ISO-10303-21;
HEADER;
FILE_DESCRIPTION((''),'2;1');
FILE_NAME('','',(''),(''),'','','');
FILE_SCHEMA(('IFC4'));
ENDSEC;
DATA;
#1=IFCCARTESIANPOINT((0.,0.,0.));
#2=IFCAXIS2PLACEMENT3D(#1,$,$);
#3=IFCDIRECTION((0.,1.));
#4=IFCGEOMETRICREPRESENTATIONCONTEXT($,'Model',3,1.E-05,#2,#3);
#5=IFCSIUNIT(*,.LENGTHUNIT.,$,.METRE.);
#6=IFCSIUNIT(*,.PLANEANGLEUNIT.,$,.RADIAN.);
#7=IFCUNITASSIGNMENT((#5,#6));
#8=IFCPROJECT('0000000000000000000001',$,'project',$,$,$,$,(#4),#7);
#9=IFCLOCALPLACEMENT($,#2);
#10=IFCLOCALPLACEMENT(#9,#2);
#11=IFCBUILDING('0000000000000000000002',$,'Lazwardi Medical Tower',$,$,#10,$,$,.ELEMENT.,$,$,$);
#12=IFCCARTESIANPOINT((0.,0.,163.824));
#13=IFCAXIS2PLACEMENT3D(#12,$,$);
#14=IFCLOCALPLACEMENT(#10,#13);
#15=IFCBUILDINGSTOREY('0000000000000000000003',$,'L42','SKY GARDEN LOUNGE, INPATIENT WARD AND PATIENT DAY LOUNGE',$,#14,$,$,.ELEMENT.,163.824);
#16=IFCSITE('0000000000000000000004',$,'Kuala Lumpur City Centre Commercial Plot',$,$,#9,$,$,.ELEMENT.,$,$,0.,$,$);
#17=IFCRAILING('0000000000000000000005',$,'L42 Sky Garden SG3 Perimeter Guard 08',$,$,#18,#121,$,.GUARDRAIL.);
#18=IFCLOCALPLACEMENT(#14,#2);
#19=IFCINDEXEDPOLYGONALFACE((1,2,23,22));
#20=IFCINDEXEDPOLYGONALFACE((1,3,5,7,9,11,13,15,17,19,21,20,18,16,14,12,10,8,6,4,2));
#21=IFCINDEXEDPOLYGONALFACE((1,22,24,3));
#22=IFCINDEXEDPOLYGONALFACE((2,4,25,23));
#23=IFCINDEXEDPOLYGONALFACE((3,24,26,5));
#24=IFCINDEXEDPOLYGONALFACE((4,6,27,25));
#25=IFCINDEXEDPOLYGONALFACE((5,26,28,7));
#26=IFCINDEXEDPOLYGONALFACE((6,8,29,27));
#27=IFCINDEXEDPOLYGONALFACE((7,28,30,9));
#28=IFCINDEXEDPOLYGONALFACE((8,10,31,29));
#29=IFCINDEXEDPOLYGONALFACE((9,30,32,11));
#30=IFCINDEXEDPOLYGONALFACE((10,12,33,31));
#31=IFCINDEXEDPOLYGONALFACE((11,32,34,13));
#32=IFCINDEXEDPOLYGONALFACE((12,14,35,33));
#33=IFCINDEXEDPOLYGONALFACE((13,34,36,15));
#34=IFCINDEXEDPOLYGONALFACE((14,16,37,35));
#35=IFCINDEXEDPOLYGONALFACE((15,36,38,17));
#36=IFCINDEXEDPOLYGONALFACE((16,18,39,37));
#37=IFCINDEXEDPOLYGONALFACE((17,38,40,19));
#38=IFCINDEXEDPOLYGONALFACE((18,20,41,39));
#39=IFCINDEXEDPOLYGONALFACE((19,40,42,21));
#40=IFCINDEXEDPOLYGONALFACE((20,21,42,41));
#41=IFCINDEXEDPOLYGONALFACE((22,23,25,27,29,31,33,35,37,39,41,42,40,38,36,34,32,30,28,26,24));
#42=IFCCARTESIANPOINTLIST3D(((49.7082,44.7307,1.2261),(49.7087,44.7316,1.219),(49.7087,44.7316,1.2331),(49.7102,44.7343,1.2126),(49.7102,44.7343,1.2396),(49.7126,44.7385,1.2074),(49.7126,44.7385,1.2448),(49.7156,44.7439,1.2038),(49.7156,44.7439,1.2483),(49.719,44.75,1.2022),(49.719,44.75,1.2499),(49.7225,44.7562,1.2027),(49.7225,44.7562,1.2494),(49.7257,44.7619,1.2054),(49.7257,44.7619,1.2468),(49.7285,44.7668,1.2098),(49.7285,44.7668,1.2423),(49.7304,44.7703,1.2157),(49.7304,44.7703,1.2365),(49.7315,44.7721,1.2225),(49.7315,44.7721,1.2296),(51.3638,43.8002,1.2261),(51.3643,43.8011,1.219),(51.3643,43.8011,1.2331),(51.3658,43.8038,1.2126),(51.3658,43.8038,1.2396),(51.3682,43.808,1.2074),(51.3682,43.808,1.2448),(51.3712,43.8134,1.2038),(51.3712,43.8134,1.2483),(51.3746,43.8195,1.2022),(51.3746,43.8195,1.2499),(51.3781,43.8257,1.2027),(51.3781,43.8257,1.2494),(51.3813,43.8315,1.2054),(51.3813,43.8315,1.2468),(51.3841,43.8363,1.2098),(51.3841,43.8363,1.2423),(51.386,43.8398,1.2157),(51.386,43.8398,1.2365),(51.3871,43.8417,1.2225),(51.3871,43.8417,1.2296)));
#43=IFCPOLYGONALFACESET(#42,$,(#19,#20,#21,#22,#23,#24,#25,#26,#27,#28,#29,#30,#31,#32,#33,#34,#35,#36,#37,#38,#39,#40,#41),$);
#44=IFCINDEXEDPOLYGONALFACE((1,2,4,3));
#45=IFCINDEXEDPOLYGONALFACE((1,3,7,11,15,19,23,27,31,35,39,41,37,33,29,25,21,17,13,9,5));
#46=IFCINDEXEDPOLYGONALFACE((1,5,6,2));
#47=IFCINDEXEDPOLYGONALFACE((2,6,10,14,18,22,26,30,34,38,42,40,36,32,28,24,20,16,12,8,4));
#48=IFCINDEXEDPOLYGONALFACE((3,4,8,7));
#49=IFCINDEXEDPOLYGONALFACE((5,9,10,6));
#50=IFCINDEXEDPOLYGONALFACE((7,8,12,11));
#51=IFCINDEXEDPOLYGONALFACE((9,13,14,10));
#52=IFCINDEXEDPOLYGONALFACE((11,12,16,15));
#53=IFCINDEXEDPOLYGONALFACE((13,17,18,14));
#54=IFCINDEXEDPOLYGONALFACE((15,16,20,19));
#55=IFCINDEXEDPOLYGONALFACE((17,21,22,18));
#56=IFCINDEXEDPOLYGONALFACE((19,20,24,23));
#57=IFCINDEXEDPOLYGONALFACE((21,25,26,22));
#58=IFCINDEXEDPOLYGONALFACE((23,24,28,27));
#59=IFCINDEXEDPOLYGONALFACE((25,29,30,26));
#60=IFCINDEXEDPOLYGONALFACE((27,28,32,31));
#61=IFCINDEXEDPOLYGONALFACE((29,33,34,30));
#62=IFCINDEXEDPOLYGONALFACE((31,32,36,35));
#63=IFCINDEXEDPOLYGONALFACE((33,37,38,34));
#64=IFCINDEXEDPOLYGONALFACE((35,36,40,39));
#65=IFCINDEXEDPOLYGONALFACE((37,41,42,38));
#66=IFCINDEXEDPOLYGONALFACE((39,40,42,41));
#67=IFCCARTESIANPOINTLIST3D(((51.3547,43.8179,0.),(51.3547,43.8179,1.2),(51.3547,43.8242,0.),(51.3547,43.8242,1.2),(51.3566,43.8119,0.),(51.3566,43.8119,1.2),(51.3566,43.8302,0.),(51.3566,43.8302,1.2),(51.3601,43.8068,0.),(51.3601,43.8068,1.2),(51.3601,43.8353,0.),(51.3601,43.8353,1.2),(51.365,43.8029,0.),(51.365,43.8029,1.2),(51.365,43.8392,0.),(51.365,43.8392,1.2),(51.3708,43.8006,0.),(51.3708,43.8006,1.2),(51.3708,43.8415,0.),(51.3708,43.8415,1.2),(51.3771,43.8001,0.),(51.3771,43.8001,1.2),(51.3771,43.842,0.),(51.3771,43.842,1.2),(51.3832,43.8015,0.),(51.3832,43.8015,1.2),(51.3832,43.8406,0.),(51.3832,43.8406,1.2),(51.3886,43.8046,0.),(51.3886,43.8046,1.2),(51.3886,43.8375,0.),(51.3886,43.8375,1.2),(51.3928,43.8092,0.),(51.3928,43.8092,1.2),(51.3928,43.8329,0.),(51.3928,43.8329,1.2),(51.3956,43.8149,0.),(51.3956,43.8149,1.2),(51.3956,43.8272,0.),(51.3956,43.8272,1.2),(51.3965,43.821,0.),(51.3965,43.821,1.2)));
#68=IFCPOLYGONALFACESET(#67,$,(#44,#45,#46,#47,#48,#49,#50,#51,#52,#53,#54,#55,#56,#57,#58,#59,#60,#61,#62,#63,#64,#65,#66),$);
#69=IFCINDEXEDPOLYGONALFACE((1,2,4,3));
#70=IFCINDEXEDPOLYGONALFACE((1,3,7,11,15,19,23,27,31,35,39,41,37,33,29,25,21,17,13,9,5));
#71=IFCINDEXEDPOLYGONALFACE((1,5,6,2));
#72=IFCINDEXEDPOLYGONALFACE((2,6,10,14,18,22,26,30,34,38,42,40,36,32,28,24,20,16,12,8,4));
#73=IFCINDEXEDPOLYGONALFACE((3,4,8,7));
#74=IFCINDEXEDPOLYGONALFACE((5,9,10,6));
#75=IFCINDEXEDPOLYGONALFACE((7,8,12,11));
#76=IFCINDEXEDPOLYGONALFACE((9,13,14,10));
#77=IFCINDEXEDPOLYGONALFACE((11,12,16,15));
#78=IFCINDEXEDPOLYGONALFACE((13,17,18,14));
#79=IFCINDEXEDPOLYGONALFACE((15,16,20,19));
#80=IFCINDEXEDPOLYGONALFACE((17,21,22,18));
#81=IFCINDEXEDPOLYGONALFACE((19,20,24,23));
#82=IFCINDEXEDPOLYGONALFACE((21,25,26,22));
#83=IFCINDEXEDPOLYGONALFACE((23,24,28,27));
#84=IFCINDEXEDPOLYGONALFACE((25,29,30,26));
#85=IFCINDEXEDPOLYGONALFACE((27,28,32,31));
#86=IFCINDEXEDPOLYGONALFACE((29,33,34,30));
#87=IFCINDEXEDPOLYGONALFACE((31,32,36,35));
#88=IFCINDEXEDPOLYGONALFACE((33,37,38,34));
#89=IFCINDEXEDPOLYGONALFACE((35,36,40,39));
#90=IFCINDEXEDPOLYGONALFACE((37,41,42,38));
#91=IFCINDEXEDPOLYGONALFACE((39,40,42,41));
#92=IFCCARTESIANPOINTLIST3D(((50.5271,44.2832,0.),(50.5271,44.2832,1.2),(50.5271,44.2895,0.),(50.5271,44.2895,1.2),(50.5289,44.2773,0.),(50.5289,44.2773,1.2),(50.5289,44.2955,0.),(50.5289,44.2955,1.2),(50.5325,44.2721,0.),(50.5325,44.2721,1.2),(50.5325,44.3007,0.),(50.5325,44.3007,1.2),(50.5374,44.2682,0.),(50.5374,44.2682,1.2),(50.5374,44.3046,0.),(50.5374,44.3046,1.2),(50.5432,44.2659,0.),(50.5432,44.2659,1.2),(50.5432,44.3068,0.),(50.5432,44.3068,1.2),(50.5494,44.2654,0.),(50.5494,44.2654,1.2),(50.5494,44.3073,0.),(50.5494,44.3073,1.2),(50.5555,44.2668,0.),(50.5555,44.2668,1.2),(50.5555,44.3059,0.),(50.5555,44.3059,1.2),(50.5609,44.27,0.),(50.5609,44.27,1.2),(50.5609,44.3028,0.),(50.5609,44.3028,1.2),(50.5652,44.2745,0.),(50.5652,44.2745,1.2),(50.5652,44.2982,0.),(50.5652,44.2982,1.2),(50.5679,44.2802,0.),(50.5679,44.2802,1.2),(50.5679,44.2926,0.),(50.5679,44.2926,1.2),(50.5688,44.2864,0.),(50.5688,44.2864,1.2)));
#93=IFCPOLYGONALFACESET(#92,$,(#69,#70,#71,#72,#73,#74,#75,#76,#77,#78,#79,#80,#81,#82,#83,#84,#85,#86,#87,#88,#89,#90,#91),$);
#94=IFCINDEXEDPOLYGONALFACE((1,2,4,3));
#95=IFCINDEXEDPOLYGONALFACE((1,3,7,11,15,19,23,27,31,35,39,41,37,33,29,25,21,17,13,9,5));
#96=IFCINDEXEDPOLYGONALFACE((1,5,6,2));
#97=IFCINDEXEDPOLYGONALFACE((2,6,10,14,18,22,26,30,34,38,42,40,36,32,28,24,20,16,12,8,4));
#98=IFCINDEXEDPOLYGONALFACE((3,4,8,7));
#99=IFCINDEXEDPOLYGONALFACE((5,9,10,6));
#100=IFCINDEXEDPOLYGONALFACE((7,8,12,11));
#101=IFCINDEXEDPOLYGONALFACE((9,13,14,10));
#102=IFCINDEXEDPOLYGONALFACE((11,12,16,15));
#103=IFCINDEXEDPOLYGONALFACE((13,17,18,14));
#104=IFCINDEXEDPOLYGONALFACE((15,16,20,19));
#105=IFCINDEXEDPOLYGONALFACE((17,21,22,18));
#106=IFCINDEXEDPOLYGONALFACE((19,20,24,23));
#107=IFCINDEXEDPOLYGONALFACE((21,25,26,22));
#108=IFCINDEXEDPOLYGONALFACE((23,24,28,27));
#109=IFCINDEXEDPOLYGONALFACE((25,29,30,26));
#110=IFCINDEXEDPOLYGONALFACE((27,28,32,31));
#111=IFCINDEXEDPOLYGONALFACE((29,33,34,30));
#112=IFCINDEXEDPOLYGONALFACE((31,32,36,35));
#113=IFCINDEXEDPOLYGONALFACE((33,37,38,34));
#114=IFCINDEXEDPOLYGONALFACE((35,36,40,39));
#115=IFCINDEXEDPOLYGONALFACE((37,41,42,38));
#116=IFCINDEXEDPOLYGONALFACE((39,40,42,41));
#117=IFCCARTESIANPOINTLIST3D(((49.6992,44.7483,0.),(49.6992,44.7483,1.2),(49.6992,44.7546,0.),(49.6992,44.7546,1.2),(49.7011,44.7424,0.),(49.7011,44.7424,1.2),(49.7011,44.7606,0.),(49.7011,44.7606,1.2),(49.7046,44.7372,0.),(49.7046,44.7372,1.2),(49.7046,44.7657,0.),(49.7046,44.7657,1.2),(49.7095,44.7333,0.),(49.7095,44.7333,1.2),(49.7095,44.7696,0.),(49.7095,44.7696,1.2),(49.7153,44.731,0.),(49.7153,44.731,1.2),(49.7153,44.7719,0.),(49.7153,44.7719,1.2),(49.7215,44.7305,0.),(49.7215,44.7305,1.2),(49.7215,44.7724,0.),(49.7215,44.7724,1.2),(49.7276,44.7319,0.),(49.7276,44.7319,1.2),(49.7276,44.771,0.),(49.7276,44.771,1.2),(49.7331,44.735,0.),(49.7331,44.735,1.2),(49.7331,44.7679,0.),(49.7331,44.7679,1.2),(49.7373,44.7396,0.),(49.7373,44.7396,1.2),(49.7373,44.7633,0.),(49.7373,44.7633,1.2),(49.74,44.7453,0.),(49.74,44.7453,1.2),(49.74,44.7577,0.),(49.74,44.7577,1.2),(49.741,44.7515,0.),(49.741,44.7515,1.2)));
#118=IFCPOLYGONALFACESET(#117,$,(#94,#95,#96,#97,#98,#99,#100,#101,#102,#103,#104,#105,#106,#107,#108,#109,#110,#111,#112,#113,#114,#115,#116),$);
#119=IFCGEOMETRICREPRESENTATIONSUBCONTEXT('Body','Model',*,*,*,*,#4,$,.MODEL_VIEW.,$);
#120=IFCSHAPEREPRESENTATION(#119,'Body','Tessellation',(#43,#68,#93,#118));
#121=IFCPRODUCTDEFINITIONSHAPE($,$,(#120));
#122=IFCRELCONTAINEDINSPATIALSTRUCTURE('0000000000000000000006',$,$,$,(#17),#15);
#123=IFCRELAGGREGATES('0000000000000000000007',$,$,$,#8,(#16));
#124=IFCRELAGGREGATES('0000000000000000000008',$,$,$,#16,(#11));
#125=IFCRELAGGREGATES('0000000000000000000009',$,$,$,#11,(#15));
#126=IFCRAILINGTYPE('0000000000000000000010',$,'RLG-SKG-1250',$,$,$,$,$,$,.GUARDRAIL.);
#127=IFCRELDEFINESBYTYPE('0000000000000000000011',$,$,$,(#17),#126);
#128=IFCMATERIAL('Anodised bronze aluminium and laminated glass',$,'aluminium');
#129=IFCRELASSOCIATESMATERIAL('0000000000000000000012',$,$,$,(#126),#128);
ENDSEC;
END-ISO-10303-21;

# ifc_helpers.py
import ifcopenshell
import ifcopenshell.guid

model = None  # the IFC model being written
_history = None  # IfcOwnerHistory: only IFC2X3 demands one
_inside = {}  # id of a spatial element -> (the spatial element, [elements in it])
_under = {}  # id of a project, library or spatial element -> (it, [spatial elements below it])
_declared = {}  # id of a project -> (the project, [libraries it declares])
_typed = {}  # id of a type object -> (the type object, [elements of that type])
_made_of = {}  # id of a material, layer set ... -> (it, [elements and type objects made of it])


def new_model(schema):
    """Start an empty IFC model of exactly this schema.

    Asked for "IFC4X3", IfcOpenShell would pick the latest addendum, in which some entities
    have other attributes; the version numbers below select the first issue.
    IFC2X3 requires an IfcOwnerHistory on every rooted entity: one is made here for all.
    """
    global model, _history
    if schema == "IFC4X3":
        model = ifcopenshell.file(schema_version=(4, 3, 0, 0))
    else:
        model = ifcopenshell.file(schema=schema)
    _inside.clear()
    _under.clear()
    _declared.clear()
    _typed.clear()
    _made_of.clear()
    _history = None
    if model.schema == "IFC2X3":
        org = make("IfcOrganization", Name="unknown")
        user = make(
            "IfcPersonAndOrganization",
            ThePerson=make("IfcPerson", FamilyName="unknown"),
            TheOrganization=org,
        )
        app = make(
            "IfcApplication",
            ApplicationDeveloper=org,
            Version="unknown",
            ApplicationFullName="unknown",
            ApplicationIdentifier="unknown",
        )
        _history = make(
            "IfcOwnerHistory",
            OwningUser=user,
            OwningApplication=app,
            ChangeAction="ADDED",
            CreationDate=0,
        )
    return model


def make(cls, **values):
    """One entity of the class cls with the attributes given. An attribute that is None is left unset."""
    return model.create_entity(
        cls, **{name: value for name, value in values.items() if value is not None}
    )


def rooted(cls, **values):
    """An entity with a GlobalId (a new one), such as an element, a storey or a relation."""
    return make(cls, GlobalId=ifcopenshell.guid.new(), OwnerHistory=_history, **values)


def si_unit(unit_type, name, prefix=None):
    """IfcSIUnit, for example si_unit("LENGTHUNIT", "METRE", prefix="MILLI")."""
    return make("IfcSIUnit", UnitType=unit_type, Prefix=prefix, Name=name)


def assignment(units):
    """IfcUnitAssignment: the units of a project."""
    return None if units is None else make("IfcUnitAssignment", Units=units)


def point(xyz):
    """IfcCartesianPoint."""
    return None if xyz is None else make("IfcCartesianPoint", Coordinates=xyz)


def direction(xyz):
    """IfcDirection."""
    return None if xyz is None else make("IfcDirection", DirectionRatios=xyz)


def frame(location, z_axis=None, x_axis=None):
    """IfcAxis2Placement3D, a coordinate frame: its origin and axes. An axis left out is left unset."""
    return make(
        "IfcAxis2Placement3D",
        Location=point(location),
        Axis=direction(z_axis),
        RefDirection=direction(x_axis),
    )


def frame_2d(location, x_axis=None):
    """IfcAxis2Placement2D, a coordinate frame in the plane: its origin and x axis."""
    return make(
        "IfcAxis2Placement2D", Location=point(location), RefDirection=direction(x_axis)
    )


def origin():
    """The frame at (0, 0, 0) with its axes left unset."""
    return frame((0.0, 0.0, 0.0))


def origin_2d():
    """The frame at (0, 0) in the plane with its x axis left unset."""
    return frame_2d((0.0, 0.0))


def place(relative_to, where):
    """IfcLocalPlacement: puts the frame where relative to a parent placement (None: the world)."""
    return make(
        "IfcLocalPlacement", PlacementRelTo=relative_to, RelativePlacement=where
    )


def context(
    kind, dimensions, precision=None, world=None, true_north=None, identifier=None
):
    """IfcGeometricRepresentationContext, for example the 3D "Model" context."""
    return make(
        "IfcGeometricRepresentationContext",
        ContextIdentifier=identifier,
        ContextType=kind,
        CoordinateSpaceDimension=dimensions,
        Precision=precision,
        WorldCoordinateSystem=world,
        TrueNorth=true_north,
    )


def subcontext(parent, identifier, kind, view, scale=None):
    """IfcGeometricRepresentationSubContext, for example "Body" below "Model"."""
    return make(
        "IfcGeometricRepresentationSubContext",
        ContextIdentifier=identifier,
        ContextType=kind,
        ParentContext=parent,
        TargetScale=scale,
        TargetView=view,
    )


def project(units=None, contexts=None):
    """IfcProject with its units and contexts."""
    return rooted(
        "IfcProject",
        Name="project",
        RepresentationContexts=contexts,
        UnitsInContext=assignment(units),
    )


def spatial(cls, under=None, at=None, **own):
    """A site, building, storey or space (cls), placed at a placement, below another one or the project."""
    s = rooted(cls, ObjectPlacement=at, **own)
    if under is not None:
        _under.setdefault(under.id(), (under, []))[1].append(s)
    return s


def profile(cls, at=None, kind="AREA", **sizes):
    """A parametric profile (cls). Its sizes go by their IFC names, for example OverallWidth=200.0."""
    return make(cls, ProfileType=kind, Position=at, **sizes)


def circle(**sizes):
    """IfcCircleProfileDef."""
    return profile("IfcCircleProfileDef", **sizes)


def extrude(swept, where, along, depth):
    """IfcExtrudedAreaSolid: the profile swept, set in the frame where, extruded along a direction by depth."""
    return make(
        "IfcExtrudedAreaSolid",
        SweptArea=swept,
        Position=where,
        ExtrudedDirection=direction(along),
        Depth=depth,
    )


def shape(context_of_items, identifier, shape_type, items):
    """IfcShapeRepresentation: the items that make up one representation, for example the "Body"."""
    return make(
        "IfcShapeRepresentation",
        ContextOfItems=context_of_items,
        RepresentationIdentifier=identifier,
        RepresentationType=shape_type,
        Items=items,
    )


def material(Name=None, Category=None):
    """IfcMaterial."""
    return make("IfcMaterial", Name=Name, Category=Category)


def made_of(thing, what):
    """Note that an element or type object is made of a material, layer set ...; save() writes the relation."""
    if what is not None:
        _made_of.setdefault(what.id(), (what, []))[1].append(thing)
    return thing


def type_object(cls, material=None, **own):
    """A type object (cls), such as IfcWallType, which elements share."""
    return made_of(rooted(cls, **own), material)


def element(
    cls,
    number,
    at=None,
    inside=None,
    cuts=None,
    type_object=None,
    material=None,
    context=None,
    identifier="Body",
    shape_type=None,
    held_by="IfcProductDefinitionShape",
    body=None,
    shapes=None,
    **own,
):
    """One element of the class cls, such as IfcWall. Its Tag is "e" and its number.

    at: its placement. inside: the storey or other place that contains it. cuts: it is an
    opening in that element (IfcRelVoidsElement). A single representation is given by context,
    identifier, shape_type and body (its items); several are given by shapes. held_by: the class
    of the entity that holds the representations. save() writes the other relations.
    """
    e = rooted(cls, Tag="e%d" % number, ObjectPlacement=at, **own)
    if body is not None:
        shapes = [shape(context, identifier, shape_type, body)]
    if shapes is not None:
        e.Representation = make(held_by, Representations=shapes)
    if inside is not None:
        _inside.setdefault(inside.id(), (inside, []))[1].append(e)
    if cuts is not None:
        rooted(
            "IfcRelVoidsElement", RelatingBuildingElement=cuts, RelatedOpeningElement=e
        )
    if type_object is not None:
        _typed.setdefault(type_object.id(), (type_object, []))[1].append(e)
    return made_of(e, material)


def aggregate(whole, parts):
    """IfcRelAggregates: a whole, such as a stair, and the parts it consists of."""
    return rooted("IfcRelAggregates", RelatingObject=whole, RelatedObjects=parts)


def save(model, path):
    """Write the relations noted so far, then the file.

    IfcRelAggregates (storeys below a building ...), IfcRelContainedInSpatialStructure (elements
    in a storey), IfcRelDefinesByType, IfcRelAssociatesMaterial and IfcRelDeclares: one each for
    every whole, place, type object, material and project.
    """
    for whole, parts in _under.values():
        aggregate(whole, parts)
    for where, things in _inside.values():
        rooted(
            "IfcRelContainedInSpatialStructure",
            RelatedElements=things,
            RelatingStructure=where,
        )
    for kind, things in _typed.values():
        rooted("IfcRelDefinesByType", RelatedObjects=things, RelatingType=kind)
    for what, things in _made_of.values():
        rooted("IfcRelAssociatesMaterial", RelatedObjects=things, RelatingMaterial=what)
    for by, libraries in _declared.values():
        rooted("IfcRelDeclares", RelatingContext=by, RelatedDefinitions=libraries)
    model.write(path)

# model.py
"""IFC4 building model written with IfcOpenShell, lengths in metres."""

from ifc_helpers import new_model, si_unit, direction, frame, origin, origin_2d, place, context, subcontext, project, spatial, circle, extrude, material, type_object, element, save


model = new_model("IFC4")

# Units and contexts
model_context = context("Model", 3, precision=1e-05, world=origin(), true_north=direction((0.0, 1.0)))
body_context = subcontext(model_context, "Body", "Model", "MODEL_VIEW")
ifc_project = project(units=[si_unit("LENGTHUNIT", "METRE"), si_unit("PLANEANGLEUNIT", "RADIAN")], contexts=[model_context])

# Site, building, storey
site_placement = place(None, origin())
site = spatial("IfcSite", under=ifc_project, at=site_placement, Name="Kuala Lumpur City Centre Commercial Plot", CompositionType="ELEMENT", RefElevation=0.0)
building_placement = place(site_placement, origin())
building = spatial("IfcBuilding", under=site, at=building_placement, Name="Lazwardi Medical Tower", CompositionType="ELEMENT")
storey_placement = place(building_placement, frame((0.0, 0.0, 163.824)))
storey = spatial("IfcBuildingStorey", under=building, at=storey_placement, Name="L42", Description="SKY GARDEN LOUNGE, INPATIENT WARD AND PATIENT DAY LOUNGE", CompositionType="ELEMENT", Elevation=163.824)

# Railing
ifc_material_1 = material(Name="Anodised bronze aluminium and laminated glass", Category="aluminium")
railing_type = type_object("IfcRailingType", Name="RLG-SKG-1250", PredefinedType="GUARDRAIL", material=ifc_material_1)
railing_1_placement = place(storey_placement, frame((51.3755, 43.821, 0.0)))
element("IfcRailing", 1, at=railing_1_placement, inside=storey, type_object=railing_type, Name="L42 Sky Garden SG3 Perimeter Guard 08", PredefinedType="GUARDRAIL", context=body_context, shape_type="SweptSolid", body=[
    extrude(circle(Radius=0.0239, at=origin_2d()), frame((0.0, 0.0, 1.2261), z_axis=(-0.871757, 0.489938, 0.0), x_axis=(-0.489938, -0.871757, 0.0)), (0.0, 0.0, 1.0), 1.8992),
    extrude(circle(Radius=0.021, at=origin_2d()), origin(), (0.0, 0.0, 1.0), 1.2),
    extrude(circle(Radius=0.021, at=origin_2d()), frame((-0.8276, 0.4653, 0.0)), (0.0, 0.0, 1.0), 1.2),
    extrude(circle(Radius=0.021, at=origin_2d()), frame((-1.6555, 0.9304, 0.0)), (0.0, 0.0, 1.0), 1.2),
])

save(model, "model.ifc")
